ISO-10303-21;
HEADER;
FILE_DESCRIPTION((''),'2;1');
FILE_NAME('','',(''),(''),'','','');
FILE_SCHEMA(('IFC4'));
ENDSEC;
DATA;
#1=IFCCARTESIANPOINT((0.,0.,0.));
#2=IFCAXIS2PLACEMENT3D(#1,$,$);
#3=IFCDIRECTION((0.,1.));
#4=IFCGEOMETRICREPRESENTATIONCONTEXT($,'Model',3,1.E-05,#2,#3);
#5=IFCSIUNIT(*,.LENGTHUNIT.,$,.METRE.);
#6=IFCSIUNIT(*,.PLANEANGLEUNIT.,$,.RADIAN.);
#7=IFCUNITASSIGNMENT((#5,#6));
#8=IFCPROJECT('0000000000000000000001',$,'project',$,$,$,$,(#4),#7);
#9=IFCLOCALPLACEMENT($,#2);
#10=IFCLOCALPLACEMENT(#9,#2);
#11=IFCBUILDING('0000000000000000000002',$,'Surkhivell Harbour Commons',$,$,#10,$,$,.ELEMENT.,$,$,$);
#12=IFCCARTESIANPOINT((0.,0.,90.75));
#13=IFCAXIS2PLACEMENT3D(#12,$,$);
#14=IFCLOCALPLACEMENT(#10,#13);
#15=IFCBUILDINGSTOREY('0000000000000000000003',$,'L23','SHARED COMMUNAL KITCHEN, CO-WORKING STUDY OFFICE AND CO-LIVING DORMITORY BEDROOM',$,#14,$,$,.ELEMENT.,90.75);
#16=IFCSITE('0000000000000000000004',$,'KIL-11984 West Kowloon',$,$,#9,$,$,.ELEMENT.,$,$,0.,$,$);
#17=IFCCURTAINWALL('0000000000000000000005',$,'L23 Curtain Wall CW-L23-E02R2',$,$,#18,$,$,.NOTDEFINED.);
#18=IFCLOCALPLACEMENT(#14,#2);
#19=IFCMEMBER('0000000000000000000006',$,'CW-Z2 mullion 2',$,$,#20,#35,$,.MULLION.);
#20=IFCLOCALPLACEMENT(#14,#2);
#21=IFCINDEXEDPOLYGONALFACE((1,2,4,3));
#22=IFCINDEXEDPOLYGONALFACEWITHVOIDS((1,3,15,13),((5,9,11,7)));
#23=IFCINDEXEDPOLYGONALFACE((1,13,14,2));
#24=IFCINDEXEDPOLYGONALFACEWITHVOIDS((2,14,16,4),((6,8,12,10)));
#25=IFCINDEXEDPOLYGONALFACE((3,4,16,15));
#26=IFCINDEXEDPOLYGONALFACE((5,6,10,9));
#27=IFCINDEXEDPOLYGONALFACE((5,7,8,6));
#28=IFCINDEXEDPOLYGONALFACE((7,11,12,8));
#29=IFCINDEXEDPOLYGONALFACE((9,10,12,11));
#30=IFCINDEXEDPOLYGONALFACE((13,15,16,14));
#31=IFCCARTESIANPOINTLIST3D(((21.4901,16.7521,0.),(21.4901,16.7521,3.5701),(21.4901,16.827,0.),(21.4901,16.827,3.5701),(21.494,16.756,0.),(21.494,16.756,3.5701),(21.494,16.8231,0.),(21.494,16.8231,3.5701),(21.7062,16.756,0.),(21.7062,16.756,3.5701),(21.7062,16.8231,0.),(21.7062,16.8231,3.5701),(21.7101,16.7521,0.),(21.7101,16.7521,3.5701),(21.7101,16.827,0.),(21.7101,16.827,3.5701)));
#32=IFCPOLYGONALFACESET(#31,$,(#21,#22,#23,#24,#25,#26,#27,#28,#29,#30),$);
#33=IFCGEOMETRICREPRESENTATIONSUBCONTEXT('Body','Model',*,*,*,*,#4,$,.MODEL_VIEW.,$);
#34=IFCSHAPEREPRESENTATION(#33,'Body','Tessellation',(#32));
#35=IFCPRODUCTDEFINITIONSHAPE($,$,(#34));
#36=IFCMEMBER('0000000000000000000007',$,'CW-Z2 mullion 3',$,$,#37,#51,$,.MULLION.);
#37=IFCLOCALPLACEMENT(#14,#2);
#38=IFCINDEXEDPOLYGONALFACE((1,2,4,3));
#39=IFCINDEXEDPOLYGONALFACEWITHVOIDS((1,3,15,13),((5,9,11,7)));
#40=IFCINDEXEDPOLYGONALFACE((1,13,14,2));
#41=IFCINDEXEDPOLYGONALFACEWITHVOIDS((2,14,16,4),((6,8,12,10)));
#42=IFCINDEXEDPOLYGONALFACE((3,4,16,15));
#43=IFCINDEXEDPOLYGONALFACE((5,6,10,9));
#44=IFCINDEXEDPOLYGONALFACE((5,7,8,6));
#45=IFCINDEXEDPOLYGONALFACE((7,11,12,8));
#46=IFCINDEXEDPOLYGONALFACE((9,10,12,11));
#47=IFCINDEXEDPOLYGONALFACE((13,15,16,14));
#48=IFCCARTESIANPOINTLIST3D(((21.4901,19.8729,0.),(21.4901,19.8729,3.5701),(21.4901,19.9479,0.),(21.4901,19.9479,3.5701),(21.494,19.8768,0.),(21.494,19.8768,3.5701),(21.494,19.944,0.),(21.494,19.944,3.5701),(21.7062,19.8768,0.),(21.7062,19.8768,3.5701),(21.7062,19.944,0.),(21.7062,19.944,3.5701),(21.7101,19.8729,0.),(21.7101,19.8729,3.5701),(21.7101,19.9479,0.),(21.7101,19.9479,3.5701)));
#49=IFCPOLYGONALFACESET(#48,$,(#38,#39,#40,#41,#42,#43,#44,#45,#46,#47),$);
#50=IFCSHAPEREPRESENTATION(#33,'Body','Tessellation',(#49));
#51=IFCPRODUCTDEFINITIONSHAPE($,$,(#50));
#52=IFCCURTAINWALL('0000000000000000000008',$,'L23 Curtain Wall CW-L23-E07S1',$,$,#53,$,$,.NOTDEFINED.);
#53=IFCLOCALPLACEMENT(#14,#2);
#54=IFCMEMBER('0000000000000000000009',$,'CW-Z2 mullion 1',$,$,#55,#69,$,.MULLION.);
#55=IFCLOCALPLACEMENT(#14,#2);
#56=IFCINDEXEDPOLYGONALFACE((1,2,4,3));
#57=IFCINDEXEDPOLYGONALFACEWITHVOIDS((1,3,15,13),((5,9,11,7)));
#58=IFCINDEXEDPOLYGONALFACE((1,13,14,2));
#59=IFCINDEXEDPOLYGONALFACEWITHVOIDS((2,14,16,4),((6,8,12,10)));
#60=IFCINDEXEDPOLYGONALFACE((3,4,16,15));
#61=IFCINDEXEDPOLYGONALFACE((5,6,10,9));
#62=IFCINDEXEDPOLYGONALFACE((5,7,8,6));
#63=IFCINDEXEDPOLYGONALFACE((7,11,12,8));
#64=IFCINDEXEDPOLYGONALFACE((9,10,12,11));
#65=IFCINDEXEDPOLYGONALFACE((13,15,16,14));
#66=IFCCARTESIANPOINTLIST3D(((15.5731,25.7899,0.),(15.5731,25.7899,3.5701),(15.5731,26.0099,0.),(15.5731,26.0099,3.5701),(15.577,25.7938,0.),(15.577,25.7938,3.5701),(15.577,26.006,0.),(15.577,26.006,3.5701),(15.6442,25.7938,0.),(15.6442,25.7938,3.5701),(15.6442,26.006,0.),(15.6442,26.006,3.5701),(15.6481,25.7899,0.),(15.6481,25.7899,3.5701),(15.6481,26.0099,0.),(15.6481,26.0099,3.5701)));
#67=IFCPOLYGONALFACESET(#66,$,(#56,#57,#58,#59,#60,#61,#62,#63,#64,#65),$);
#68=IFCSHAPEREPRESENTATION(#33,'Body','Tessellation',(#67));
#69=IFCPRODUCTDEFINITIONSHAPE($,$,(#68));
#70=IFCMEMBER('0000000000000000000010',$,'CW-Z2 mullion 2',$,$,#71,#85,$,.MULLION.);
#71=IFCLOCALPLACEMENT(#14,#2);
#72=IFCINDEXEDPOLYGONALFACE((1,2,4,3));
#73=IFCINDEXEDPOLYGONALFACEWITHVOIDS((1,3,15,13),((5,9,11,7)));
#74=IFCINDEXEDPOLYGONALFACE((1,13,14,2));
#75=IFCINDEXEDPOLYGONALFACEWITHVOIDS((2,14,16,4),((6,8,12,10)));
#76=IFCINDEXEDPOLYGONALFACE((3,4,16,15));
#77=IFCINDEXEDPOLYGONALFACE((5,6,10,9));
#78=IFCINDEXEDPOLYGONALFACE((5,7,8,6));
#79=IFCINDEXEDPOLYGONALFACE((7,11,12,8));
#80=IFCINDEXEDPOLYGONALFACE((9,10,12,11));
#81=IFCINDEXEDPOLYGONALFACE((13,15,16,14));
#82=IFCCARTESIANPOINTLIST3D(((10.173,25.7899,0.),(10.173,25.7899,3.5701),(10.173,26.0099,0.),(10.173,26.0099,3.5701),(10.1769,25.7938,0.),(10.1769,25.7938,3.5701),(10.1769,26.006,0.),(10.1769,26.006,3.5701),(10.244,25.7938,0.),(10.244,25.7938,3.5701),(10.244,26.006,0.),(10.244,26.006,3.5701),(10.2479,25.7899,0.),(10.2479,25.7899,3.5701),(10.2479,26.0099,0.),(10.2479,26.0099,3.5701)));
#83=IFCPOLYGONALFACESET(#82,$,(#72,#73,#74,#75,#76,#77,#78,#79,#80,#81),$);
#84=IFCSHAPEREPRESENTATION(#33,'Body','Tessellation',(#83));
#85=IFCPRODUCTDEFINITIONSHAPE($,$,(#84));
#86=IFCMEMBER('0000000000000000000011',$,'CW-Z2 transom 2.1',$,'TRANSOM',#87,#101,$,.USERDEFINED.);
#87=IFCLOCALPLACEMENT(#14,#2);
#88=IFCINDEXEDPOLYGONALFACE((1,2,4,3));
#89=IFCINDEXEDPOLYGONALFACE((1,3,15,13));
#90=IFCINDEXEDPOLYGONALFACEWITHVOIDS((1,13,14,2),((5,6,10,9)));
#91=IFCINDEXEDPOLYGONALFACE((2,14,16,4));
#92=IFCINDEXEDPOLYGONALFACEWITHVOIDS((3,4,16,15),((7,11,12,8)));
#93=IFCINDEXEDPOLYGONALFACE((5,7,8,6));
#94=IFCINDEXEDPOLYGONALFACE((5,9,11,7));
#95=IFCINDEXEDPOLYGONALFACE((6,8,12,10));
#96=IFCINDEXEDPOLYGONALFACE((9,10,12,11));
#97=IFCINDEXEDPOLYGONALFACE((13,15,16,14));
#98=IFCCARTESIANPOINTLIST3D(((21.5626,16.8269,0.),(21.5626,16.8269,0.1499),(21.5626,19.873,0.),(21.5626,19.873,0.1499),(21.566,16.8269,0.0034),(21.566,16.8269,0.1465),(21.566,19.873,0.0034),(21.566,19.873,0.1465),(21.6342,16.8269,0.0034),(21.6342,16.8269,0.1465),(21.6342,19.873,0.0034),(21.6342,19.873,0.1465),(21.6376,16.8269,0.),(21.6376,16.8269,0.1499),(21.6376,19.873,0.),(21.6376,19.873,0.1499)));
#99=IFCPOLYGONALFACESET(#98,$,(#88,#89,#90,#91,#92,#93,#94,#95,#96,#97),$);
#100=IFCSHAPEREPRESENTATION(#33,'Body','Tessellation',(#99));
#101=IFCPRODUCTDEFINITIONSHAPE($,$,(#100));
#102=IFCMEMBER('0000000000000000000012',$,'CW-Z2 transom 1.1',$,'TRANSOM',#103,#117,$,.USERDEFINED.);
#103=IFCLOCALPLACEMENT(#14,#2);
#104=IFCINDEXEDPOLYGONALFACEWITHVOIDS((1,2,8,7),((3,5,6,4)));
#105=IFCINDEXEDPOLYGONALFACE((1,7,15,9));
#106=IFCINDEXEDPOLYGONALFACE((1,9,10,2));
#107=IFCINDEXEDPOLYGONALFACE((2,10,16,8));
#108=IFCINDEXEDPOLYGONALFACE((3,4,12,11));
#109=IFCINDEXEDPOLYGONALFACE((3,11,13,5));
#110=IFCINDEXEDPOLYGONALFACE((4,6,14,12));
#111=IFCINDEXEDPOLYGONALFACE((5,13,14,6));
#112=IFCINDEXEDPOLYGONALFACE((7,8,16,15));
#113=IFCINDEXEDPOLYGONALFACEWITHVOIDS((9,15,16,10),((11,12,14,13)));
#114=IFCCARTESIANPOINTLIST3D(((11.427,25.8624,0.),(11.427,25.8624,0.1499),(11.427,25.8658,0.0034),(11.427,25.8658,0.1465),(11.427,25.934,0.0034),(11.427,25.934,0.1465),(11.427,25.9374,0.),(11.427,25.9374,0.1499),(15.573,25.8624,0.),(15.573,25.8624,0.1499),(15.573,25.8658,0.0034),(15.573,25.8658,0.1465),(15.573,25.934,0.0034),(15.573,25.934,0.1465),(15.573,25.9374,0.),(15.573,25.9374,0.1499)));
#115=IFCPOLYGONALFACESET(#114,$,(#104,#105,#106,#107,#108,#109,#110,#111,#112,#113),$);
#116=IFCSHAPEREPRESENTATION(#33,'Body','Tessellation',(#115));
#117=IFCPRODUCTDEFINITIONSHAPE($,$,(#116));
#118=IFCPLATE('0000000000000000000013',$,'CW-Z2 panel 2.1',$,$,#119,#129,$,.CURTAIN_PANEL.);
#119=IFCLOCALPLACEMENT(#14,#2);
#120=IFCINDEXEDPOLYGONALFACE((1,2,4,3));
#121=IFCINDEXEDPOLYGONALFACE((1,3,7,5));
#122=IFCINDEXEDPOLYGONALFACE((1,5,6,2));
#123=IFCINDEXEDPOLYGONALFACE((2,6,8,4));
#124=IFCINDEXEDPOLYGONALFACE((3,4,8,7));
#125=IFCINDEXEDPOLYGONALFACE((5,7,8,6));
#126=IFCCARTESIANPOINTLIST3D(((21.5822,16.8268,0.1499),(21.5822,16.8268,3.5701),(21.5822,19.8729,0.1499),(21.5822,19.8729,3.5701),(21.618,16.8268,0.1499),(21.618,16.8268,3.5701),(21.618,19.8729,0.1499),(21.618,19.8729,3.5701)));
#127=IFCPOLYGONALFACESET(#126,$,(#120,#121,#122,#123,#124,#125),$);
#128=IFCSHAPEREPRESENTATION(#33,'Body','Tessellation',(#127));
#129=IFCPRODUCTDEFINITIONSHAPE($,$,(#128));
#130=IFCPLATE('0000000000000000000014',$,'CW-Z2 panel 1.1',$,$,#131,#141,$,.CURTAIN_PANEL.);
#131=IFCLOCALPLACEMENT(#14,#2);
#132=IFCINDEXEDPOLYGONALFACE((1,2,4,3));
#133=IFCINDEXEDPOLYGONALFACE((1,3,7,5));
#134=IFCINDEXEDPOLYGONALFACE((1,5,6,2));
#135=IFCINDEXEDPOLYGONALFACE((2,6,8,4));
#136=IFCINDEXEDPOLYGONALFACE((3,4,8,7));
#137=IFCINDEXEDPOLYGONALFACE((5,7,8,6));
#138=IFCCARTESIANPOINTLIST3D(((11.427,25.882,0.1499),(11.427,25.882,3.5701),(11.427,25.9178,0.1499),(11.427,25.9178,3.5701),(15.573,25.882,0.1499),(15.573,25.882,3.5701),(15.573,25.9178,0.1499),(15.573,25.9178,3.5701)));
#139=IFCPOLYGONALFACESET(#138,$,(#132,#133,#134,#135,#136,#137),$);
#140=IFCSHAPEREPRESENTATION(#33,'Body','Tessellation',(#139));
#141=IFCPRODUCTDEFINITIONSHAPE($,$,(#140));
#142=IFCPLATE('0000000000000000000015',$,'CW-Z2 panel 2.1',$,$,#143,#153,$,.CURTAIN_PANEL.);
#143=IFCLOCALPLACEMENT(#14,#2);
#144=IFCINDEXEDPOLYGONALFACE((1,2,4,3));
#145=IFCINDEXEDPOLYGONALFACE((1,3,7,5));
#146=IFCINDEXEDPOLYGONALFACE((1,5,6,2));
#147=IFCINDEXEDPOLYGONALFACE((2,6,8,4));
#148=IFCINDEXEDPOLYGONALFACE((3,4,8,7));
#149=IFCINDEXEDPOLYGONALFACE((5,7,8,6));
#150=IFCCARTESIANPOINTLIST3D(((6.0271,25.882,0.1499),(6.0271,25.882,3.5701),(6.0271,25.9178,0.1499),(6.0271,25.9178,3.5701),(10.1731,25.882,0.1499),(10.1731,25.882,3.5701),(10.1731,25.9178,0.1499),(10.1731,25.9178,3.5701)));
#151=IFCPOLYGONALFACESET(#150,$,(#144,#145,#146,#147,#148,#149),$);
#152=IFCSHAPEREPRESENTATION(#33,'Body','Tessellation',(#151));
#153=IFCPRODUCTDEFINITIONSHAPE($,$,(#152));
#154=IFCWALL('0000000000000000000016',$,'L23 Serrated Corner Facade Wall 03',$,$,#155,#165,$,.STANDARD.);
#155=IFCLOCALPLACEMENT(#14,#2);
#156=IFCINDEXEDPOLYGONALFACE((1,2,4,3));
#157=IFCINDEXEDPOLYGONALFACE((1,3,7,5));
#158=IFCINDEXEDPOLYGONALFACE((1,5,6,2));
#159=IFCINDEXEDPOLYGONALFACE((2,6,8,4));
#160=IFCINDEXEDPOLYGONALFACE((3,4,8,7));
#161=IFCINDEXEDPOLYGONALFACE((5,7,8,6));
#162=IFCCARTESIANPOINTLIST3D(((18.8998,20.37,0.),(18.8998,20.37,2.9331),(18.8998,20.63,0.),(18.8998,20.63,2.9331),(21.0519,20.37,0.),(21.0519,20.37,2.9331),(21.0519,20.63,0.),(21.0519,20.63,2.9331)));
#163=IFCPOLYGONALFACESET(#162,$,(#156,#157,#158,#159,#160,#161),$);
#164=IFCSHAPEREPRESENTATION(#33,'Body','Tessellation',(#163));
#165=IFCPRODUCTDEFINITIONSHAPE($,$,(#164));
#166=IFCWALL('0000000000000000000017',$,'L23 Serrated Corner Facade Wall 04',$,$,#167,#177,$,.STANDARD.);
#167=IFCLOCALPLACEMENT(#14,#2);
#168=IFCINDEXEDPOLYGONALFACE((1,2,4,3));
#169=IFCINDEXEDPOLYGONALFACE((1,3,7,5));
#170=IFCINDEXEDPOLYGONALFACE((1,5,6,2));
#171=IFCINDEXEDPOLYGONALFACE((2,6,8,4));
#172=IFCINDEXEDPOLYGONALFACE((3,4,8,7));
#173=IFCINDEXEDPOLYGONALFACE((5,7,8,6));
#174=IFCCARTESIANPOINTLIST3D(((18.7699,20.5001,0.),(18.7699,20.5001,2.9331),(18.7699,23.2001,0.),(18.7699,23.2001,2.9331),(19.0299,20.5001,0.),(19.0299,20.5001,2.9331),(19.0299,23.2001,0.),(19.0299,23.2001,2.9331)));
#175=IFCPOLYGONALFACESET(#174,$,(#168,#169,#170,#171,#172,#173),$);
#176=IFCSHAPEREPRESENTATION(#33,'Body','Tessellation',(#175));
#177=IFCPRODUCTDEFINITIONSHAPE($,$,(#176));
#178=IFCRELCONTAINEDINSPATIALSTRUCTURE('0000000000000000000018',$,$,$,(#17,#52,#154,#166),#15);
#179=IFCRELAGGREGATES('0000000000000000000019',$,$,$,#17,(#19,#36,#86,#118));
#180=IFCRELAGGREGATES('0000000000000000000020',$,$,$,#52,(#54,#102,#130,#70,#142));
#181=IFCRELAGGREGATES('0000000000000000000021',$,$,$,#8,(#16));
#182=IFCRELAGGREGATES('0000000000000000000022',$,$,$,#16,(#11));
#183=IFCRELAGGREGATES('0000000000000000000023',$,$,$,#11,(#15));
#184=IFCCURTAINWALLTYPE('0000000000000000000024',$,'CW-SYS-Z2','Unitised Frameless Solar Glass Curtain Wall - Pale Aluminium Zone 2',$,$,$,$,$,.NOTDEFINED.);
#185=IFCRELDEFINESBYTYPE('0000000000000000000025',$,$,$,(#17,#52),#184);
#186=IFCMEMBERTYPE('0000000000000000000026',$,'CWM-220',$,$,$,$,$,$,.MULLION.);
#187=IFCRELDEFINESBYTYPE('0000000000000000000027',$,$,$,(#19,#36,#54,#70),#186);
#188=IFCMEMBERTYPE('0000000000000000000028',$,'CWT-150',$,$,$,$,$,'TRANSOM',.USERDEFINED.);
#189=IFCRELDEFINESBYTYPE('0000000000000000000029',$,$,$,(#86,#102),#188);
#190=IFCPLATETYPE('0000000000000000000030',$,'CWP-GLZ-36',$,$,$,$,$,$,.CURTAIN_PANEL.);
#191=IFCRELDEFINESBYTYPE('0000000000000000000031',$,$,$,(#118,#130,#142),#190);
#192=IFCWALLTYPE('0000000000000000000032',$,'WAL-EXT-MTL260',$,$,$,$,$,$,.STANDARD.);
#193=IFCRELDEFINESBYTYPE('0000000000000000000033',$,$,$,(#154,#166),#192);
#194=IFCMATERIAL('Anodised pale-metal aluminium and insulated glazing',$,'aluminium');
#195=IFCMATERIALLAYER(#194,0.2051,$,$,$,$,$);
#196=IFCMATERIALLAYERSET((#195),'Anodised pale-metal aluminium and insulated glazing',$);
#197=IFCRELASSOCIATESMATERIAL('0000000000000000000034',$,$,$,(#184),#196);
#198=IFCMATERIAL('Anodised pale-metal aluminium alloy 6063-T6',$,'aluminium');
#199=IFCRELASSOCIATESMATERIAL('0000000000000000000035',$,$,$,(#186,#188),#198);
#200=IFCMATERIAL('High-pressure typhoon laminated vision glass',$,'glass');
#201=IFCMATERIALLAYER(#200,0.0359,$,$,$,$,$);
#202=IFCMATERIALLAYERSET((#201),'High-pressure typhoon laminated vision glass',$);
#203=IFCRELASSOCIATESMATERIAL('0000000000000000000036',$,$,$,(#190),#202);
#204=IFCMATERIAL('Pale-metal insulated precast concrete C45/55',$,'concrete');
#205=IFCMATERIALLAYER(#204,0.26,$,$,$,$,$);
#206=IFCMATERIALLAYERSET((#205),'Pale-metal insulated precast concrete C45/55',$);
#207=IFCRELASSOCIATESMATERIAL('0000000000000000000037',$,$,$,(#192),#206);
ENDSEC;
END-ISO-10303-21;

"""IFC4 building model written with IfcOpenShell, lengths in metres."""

from ifc_helpers import new_model, si_unit, direction, frame, frame_2d, origin, origin_2d, place, context, subcontext, project, spatial, rectangle, hollow_rectangle, extrude, material, layer, layer_set, material_profile, profile_set, type_object, element, aggregate, save


model = new_model("IFC4")

# Units and contexts
model_context = context("Model", 3, precision=1e-05, world=origin(), true_north=direction((0.0, 1.0)))
body_context = subcontext(model_context, "Body", "Model", "MODEL_VIEW")
ifc_project = project(units=[si_unit("LENGTHUNIT", "METRE"), si_unit("PLANEANGLEUNIT", "RADIAN")], contexts=[model_context])

# Site, building, storey
site_placement = place(None, origin())
site = spatial("IfcSite", under=ifc_project, at=site_placement, Name="KIL-11984 West Kowloon", CompositionType="ELEMENT", RefElevation=0.0)
building_placement = place(site_placement, origin())
building = spatial("IfcBuilding", under=site, at=building_placement, Name="Surkhivell Harbour Commons", CompositionType="ELEMENT")
storey_placement = place(building_placement, frame((0.0, 0.0, 90.75)))
storey = spatial("IfcBuildingStorey", under=building, at=storey_placement, Name="L23", Description="SHARED COMMUNAL KITCHEN, CO-WORKING STUDY OFFICE AND CO-LIVING DORMITORY BEDROOM", CompositionType="ELEMENT", Elevation=90.75)

# Curtain walls, members
ifc_material_1 = material(Name="Anodised pale-metal aluminium and insulated glazing", Category="aluminium")
ifc_layer_1 = layer(ifc_material_1, 0.2051)
ifc_layer_set_1 = layer_set([ifc_layer_1], Name="Anodised pale-metal aluminium and insulated glazing")
curtain_wall_type = type_object("IfcCurtainWallType", Name="CW-SYS-Z2", Description="Unitised Frameless Solar Glass Curtain Wall - Pale Aluminium Zone 2", PredefinedType="NOTDEFINED", material=ifc_layer_set_1)
curtain_wall_1_placement = place(storey_placement, origin())
curtain_wall_1 = element("IfcCurtainWall", 1, at=curtain_wall_1_placement, inside=storey, type_object=curtain_wall_type, Name="L23 Curtain Wall CW-L23-E02R2", PredefinedType="NOTDEFINED")
ifc_material_2 = material(Name="Anodised pale-metal aluminium alloy 6063-T6", Category="aluminium")
ifc_material_profile_1 = material_profile(ifc_material_2, hollow_rectangle(XDim=0.075, YDim=0.22, WallThickness=0.0039, at=origin_2d()), Name="ALU-MULL-75x220")
ifc_profile_set_1 = profile_set([ifc_material_profile_1], Name="Anodised pale-metal aluminium alloy 6063-T6")
member_type_1 = type_object("IfcMemberType", Name="CWM-220", PredefinedType="MULLION", material=ifc_profile_set_1)
member_1_placement = place(storey_placement, frame((21.6001, 16.7896, 0.0), z_axis=(0.0, 0.0, 1.0), x_axis=(0.0, 1.0, 0.0)))
member_1 = element("IfcMember", 2, at=member_1_placement, type_object=member_type_1, Name="CW-Z2 mullion 2", PredefinedType="MULLION", context=body_context, shape_type="SweptSolid", body=[
    extrude(hollow_rectangle(XDim=0.075, YDim=0.22, WallThickness=0.0039, at=origin_2d()), origin(), (0.0, 0.0, 1.0), 3.5701),
])
member_2_placement = place(storey_placement, frame((21.6001, 19.9104, 0.0), z_axis=(0.0, 0.0, 1.0), x_axis=(0.0, 1.0, 0.0)))
member_2 = element("IfcMember", 3, at=member_2_placement, type_object=member_type_1, Name="CW-Z2 mullion 3", PredefinedType="MULLION", context=body_context, shape_type="SweptSolid", body=[
    extrude(hollow_rectangle(XDim=0.075, YDim=0.22, WallThickness=0.0039, at=origin_2d()), origin(), (0.0, 0.0, 1.0), 3.5701),
])
curtain_wall_2_placement = place(storey_placement, origin())
curtain_wall_2 = element("IfcCurtainWall", 4, at=curtain_wall_2_placement, inside=storey, type_object=curtain_wall_type, Name="L23 Curtain Wall CW-L23-E07S1", PredefinedType="NOTDEFINED")
member_3_placement = place(storey_placement, frame((15.6106, 25.8999, 0.0), z_axis=(0.0, 0.0, 1.0), x_axis=(-1.0, 0.0, 0.0)))
member_3 = element("IfcMember", 5, at=member_3_placement, type_object=member_type_1, Name="CW-Z2 mullion 1", PredefinedType="MULLION", context=body_context, shape_type="SweptSolid", body=[
    extrude(hollow_rectangle(XDim=0.075, YDim=0.22, WallThickness=0.0039, at=origin_2d()), origin(), (0.0, 0.0, 1.0), 3.5701),
])
member_4_placement = place(storey_placement, frame((10.2104, 25.8999, 0.0), z_axis=(0.0, 0.0, 1.0), x_axis=(-1.0, 0.0, 0.0)))
member_4 = element("IfcMember", 6, at=member_4_placement, type_object=member_type_1, Name="CW-Z2 mullion 2", PredefinedType="MULLION", context=body_context, shape_type="SweptSolid", body=[
    extrude(hollow_rectangle(XDim=0.075, YDim=0.22, WallThickness=0.0039, at=origin_2d()), origin(), (0.0, 0.0, 1.0), 3.5701),
])

# Members
ifc_material_profile_2 = material_profile(ifc_material_2, hollow_rectangle(XDim=0.075, YDim=0.1499, WallThickness=0.0034, at=origin_2d()), Name="ALU-TRAN-75x150")
ifc_profile_set_2 = profile_set([ifc_material_profile_2], Name="Anodised pale-metal aluminium alloy 6063-T6")
member_type_2 = type_object("IfcMemberType", Name="CWT-150", ElementType="TRANSOM", PredefinedType="USERDEFINED", material=ifc_profile_set_2)
member_5_placement = place(storey_placement, frame((21.6001, 16.8269, 0.075), z_axis=(0.0, 1.0, 0.0), x_axis=(-1.0, 0.0, 0.0)))
member_5 = element("IfcMember", 7, at=member_5_placement, type_object=member_type_2, Name="CW-Z2 transom 2.1", ObjectType="TRANSOM", PredefinedType="USERDEFINED", context=body_context, shape_type="SweptSolid", body=[
    extrude(hollow_rectangle(XDim=0.075, YDim=0.1499, WallThickness=0.0034, at=origin_2d()), origin(), (0.0, 0.0, 1.0), 3.0461),
])
member_6_placement = place(storey_placement, frame((15.573, 25.8999, 0.075), z_axis=(-1.0, 0.0, 0.0), x_axis=(0.0, -1.0, 0.0)))
member_6 = element("IfcMember", 8, at=member_6_placement, type_object=member_type_2, Name="CW-Z2 transom 1.1", ObjectType="TRANSOM", PredefinedType="USERDEFINED", context=body_context, shape_type="SweptSolid", body=[
    extrude(hollow_rectangle(XDim=0.075, YDim=0.1499, WallThickness=0.0034, at=origin_2d()), origin(), (0.0, 0.0, 1.0), 4.146),
])

# Plates
ifc_material_3 = material(Name="High-pressure typhoon laminated vision glass", Category="glass")
ifc_layer_2 = layer(ifc_material_3, 0.0359)
ifc_layer_set_2 = layer_set([ifc_layer_2], Name="High-pressure typhoon laminated vision glass")
plate_type = type_object("IfcPlateType", Name="CWP-GLZ-36", PredefinedType="CURTAIN_PANEL", material=ifc_layer_set_2)
plate_1_placement = place(storey_placement, frame((21.6001, 16.8269, 0.1499), z_axis=(0.0, 0.0, 1.0), x_axis=(0.0, 1.0, 0.0)))
plate_1 = element("IfcPlate", 9, at=plate_1_placement, type_object=plate_type, Name="CW-Z2 panel 2.1", PredefinedType="CURTAIN_PANEL", context=body_context, shape_type="SweptSolid", body=[
    extrude(rectangle(XDim=3.0461, YDim=0.0359, at=frame_2d((1.5229, 0.0))), origin(), (0.0, 0.0, 1.0), 3.4202),
])
aggregate(curtain_wall_1, [member_1, member_2, member_5, plate_1])
plate_2_placement = place(storey_placement, frame((15.573, 25.8999, 0.1499), z_axis=(0.0, 0.0, 1.0), x_axis=(-1.0, 0.0, 0.0)))
plate_2 = element("IfcPlate", 10, at=plate_2_placement, type_object=plate_type, Name="CW-Z2 panel 1.1", PredefinedType="CURTAIN_PANEL", context=body_context, shape_type="SweptSolid", body=[
    extrude(rectangle(XDim=4.146, YDim=0.0359, at=frame_2d((2.073, 0.0))), origin(), (0.0, 0.0, 1.0), 3.4202),
])
plate_3_placement = place(storey_placement, frame((10.1731, 25.8999, 0.1499), z_axis=(0.0, 0.0, 1.0), x_axis=(-1.0, 0.0, 0.0)))
plate_3 = element("IfcPlate", 11, at=plate_3_placement, type_object=plate_type, Name="CW-Z2 panel 2.1", PredefinedType="CURTAIN_PANEL", context=body_context, shape_type="SweptSolid", body=[
    extrude(rectangle(XDim=4.146, YDim=0.0359, at=frame_2d((2.073, 0.0))), origin(), (0.0, 0.0, 1.0), 3.4202),
])
aggregate(curtain_wall_2, [member_3, member_6, plate_2, member_4, plate_3])

# Walls
ifc_material_4 = material(Name="Pale-metal insulated precast concrete C45/55", Category="concrete")
ifc_layer_3 = layer(ifc_material_4, 0.26)
ifc_layer_set_3 = layer_set([ifc_layer_3], Name="Pale-metal insulated precast concrete C45/55")
wall_type = type_object("IfcWallType", Name="WAL-EXT-MTL260", PredefinedType="STANDARD", material=ifc_layer_set_3)
wall_1_placement = place(storey_placement, frame((21.052, 20.5, 0.0), z_axis=(0.0, 0.0, 1.0), x_axis=(-1.0, 0.0, 0.0)))
element("IfcWall", 12, at=wall_1_placement, inside=storey, type_object=wall_type, Name="L23 Serrated Corner Facade Wall 03", PredefinedType="STANDARD", context=body_context, shape_type="SweptSolid", body=[
    extrude(rectangle(XDim=2.1521, YDim=0.26, at=frame_2d((1.0762, 0.0))), origin(), (0.0, 0.0, 1.0), 2.9331),
])
wall_2_placement = place(storey_placement, frame((18.8999, 20.5, 0.0), z_axis=(0.0, 0.0, 1.0), x_axis=(0.0, 1.0, 0.0)))
element("IfcWall", 13, at=wall_2_placement, inside=storey, type_object=wall_type, Name="L23 Serrated Corner Facade Wall 04", PredefinedType="STANDARD", context=body_context, shape_type="SweptSolid", body=[
    extrude(rectangle(XDim=2.7, YDim=0.26, at=frame_2d((1.3501, 0.0))), origin(), (0.0, 0.0, 1.0), 2.9331),
])

save(model, "model.ifc")
